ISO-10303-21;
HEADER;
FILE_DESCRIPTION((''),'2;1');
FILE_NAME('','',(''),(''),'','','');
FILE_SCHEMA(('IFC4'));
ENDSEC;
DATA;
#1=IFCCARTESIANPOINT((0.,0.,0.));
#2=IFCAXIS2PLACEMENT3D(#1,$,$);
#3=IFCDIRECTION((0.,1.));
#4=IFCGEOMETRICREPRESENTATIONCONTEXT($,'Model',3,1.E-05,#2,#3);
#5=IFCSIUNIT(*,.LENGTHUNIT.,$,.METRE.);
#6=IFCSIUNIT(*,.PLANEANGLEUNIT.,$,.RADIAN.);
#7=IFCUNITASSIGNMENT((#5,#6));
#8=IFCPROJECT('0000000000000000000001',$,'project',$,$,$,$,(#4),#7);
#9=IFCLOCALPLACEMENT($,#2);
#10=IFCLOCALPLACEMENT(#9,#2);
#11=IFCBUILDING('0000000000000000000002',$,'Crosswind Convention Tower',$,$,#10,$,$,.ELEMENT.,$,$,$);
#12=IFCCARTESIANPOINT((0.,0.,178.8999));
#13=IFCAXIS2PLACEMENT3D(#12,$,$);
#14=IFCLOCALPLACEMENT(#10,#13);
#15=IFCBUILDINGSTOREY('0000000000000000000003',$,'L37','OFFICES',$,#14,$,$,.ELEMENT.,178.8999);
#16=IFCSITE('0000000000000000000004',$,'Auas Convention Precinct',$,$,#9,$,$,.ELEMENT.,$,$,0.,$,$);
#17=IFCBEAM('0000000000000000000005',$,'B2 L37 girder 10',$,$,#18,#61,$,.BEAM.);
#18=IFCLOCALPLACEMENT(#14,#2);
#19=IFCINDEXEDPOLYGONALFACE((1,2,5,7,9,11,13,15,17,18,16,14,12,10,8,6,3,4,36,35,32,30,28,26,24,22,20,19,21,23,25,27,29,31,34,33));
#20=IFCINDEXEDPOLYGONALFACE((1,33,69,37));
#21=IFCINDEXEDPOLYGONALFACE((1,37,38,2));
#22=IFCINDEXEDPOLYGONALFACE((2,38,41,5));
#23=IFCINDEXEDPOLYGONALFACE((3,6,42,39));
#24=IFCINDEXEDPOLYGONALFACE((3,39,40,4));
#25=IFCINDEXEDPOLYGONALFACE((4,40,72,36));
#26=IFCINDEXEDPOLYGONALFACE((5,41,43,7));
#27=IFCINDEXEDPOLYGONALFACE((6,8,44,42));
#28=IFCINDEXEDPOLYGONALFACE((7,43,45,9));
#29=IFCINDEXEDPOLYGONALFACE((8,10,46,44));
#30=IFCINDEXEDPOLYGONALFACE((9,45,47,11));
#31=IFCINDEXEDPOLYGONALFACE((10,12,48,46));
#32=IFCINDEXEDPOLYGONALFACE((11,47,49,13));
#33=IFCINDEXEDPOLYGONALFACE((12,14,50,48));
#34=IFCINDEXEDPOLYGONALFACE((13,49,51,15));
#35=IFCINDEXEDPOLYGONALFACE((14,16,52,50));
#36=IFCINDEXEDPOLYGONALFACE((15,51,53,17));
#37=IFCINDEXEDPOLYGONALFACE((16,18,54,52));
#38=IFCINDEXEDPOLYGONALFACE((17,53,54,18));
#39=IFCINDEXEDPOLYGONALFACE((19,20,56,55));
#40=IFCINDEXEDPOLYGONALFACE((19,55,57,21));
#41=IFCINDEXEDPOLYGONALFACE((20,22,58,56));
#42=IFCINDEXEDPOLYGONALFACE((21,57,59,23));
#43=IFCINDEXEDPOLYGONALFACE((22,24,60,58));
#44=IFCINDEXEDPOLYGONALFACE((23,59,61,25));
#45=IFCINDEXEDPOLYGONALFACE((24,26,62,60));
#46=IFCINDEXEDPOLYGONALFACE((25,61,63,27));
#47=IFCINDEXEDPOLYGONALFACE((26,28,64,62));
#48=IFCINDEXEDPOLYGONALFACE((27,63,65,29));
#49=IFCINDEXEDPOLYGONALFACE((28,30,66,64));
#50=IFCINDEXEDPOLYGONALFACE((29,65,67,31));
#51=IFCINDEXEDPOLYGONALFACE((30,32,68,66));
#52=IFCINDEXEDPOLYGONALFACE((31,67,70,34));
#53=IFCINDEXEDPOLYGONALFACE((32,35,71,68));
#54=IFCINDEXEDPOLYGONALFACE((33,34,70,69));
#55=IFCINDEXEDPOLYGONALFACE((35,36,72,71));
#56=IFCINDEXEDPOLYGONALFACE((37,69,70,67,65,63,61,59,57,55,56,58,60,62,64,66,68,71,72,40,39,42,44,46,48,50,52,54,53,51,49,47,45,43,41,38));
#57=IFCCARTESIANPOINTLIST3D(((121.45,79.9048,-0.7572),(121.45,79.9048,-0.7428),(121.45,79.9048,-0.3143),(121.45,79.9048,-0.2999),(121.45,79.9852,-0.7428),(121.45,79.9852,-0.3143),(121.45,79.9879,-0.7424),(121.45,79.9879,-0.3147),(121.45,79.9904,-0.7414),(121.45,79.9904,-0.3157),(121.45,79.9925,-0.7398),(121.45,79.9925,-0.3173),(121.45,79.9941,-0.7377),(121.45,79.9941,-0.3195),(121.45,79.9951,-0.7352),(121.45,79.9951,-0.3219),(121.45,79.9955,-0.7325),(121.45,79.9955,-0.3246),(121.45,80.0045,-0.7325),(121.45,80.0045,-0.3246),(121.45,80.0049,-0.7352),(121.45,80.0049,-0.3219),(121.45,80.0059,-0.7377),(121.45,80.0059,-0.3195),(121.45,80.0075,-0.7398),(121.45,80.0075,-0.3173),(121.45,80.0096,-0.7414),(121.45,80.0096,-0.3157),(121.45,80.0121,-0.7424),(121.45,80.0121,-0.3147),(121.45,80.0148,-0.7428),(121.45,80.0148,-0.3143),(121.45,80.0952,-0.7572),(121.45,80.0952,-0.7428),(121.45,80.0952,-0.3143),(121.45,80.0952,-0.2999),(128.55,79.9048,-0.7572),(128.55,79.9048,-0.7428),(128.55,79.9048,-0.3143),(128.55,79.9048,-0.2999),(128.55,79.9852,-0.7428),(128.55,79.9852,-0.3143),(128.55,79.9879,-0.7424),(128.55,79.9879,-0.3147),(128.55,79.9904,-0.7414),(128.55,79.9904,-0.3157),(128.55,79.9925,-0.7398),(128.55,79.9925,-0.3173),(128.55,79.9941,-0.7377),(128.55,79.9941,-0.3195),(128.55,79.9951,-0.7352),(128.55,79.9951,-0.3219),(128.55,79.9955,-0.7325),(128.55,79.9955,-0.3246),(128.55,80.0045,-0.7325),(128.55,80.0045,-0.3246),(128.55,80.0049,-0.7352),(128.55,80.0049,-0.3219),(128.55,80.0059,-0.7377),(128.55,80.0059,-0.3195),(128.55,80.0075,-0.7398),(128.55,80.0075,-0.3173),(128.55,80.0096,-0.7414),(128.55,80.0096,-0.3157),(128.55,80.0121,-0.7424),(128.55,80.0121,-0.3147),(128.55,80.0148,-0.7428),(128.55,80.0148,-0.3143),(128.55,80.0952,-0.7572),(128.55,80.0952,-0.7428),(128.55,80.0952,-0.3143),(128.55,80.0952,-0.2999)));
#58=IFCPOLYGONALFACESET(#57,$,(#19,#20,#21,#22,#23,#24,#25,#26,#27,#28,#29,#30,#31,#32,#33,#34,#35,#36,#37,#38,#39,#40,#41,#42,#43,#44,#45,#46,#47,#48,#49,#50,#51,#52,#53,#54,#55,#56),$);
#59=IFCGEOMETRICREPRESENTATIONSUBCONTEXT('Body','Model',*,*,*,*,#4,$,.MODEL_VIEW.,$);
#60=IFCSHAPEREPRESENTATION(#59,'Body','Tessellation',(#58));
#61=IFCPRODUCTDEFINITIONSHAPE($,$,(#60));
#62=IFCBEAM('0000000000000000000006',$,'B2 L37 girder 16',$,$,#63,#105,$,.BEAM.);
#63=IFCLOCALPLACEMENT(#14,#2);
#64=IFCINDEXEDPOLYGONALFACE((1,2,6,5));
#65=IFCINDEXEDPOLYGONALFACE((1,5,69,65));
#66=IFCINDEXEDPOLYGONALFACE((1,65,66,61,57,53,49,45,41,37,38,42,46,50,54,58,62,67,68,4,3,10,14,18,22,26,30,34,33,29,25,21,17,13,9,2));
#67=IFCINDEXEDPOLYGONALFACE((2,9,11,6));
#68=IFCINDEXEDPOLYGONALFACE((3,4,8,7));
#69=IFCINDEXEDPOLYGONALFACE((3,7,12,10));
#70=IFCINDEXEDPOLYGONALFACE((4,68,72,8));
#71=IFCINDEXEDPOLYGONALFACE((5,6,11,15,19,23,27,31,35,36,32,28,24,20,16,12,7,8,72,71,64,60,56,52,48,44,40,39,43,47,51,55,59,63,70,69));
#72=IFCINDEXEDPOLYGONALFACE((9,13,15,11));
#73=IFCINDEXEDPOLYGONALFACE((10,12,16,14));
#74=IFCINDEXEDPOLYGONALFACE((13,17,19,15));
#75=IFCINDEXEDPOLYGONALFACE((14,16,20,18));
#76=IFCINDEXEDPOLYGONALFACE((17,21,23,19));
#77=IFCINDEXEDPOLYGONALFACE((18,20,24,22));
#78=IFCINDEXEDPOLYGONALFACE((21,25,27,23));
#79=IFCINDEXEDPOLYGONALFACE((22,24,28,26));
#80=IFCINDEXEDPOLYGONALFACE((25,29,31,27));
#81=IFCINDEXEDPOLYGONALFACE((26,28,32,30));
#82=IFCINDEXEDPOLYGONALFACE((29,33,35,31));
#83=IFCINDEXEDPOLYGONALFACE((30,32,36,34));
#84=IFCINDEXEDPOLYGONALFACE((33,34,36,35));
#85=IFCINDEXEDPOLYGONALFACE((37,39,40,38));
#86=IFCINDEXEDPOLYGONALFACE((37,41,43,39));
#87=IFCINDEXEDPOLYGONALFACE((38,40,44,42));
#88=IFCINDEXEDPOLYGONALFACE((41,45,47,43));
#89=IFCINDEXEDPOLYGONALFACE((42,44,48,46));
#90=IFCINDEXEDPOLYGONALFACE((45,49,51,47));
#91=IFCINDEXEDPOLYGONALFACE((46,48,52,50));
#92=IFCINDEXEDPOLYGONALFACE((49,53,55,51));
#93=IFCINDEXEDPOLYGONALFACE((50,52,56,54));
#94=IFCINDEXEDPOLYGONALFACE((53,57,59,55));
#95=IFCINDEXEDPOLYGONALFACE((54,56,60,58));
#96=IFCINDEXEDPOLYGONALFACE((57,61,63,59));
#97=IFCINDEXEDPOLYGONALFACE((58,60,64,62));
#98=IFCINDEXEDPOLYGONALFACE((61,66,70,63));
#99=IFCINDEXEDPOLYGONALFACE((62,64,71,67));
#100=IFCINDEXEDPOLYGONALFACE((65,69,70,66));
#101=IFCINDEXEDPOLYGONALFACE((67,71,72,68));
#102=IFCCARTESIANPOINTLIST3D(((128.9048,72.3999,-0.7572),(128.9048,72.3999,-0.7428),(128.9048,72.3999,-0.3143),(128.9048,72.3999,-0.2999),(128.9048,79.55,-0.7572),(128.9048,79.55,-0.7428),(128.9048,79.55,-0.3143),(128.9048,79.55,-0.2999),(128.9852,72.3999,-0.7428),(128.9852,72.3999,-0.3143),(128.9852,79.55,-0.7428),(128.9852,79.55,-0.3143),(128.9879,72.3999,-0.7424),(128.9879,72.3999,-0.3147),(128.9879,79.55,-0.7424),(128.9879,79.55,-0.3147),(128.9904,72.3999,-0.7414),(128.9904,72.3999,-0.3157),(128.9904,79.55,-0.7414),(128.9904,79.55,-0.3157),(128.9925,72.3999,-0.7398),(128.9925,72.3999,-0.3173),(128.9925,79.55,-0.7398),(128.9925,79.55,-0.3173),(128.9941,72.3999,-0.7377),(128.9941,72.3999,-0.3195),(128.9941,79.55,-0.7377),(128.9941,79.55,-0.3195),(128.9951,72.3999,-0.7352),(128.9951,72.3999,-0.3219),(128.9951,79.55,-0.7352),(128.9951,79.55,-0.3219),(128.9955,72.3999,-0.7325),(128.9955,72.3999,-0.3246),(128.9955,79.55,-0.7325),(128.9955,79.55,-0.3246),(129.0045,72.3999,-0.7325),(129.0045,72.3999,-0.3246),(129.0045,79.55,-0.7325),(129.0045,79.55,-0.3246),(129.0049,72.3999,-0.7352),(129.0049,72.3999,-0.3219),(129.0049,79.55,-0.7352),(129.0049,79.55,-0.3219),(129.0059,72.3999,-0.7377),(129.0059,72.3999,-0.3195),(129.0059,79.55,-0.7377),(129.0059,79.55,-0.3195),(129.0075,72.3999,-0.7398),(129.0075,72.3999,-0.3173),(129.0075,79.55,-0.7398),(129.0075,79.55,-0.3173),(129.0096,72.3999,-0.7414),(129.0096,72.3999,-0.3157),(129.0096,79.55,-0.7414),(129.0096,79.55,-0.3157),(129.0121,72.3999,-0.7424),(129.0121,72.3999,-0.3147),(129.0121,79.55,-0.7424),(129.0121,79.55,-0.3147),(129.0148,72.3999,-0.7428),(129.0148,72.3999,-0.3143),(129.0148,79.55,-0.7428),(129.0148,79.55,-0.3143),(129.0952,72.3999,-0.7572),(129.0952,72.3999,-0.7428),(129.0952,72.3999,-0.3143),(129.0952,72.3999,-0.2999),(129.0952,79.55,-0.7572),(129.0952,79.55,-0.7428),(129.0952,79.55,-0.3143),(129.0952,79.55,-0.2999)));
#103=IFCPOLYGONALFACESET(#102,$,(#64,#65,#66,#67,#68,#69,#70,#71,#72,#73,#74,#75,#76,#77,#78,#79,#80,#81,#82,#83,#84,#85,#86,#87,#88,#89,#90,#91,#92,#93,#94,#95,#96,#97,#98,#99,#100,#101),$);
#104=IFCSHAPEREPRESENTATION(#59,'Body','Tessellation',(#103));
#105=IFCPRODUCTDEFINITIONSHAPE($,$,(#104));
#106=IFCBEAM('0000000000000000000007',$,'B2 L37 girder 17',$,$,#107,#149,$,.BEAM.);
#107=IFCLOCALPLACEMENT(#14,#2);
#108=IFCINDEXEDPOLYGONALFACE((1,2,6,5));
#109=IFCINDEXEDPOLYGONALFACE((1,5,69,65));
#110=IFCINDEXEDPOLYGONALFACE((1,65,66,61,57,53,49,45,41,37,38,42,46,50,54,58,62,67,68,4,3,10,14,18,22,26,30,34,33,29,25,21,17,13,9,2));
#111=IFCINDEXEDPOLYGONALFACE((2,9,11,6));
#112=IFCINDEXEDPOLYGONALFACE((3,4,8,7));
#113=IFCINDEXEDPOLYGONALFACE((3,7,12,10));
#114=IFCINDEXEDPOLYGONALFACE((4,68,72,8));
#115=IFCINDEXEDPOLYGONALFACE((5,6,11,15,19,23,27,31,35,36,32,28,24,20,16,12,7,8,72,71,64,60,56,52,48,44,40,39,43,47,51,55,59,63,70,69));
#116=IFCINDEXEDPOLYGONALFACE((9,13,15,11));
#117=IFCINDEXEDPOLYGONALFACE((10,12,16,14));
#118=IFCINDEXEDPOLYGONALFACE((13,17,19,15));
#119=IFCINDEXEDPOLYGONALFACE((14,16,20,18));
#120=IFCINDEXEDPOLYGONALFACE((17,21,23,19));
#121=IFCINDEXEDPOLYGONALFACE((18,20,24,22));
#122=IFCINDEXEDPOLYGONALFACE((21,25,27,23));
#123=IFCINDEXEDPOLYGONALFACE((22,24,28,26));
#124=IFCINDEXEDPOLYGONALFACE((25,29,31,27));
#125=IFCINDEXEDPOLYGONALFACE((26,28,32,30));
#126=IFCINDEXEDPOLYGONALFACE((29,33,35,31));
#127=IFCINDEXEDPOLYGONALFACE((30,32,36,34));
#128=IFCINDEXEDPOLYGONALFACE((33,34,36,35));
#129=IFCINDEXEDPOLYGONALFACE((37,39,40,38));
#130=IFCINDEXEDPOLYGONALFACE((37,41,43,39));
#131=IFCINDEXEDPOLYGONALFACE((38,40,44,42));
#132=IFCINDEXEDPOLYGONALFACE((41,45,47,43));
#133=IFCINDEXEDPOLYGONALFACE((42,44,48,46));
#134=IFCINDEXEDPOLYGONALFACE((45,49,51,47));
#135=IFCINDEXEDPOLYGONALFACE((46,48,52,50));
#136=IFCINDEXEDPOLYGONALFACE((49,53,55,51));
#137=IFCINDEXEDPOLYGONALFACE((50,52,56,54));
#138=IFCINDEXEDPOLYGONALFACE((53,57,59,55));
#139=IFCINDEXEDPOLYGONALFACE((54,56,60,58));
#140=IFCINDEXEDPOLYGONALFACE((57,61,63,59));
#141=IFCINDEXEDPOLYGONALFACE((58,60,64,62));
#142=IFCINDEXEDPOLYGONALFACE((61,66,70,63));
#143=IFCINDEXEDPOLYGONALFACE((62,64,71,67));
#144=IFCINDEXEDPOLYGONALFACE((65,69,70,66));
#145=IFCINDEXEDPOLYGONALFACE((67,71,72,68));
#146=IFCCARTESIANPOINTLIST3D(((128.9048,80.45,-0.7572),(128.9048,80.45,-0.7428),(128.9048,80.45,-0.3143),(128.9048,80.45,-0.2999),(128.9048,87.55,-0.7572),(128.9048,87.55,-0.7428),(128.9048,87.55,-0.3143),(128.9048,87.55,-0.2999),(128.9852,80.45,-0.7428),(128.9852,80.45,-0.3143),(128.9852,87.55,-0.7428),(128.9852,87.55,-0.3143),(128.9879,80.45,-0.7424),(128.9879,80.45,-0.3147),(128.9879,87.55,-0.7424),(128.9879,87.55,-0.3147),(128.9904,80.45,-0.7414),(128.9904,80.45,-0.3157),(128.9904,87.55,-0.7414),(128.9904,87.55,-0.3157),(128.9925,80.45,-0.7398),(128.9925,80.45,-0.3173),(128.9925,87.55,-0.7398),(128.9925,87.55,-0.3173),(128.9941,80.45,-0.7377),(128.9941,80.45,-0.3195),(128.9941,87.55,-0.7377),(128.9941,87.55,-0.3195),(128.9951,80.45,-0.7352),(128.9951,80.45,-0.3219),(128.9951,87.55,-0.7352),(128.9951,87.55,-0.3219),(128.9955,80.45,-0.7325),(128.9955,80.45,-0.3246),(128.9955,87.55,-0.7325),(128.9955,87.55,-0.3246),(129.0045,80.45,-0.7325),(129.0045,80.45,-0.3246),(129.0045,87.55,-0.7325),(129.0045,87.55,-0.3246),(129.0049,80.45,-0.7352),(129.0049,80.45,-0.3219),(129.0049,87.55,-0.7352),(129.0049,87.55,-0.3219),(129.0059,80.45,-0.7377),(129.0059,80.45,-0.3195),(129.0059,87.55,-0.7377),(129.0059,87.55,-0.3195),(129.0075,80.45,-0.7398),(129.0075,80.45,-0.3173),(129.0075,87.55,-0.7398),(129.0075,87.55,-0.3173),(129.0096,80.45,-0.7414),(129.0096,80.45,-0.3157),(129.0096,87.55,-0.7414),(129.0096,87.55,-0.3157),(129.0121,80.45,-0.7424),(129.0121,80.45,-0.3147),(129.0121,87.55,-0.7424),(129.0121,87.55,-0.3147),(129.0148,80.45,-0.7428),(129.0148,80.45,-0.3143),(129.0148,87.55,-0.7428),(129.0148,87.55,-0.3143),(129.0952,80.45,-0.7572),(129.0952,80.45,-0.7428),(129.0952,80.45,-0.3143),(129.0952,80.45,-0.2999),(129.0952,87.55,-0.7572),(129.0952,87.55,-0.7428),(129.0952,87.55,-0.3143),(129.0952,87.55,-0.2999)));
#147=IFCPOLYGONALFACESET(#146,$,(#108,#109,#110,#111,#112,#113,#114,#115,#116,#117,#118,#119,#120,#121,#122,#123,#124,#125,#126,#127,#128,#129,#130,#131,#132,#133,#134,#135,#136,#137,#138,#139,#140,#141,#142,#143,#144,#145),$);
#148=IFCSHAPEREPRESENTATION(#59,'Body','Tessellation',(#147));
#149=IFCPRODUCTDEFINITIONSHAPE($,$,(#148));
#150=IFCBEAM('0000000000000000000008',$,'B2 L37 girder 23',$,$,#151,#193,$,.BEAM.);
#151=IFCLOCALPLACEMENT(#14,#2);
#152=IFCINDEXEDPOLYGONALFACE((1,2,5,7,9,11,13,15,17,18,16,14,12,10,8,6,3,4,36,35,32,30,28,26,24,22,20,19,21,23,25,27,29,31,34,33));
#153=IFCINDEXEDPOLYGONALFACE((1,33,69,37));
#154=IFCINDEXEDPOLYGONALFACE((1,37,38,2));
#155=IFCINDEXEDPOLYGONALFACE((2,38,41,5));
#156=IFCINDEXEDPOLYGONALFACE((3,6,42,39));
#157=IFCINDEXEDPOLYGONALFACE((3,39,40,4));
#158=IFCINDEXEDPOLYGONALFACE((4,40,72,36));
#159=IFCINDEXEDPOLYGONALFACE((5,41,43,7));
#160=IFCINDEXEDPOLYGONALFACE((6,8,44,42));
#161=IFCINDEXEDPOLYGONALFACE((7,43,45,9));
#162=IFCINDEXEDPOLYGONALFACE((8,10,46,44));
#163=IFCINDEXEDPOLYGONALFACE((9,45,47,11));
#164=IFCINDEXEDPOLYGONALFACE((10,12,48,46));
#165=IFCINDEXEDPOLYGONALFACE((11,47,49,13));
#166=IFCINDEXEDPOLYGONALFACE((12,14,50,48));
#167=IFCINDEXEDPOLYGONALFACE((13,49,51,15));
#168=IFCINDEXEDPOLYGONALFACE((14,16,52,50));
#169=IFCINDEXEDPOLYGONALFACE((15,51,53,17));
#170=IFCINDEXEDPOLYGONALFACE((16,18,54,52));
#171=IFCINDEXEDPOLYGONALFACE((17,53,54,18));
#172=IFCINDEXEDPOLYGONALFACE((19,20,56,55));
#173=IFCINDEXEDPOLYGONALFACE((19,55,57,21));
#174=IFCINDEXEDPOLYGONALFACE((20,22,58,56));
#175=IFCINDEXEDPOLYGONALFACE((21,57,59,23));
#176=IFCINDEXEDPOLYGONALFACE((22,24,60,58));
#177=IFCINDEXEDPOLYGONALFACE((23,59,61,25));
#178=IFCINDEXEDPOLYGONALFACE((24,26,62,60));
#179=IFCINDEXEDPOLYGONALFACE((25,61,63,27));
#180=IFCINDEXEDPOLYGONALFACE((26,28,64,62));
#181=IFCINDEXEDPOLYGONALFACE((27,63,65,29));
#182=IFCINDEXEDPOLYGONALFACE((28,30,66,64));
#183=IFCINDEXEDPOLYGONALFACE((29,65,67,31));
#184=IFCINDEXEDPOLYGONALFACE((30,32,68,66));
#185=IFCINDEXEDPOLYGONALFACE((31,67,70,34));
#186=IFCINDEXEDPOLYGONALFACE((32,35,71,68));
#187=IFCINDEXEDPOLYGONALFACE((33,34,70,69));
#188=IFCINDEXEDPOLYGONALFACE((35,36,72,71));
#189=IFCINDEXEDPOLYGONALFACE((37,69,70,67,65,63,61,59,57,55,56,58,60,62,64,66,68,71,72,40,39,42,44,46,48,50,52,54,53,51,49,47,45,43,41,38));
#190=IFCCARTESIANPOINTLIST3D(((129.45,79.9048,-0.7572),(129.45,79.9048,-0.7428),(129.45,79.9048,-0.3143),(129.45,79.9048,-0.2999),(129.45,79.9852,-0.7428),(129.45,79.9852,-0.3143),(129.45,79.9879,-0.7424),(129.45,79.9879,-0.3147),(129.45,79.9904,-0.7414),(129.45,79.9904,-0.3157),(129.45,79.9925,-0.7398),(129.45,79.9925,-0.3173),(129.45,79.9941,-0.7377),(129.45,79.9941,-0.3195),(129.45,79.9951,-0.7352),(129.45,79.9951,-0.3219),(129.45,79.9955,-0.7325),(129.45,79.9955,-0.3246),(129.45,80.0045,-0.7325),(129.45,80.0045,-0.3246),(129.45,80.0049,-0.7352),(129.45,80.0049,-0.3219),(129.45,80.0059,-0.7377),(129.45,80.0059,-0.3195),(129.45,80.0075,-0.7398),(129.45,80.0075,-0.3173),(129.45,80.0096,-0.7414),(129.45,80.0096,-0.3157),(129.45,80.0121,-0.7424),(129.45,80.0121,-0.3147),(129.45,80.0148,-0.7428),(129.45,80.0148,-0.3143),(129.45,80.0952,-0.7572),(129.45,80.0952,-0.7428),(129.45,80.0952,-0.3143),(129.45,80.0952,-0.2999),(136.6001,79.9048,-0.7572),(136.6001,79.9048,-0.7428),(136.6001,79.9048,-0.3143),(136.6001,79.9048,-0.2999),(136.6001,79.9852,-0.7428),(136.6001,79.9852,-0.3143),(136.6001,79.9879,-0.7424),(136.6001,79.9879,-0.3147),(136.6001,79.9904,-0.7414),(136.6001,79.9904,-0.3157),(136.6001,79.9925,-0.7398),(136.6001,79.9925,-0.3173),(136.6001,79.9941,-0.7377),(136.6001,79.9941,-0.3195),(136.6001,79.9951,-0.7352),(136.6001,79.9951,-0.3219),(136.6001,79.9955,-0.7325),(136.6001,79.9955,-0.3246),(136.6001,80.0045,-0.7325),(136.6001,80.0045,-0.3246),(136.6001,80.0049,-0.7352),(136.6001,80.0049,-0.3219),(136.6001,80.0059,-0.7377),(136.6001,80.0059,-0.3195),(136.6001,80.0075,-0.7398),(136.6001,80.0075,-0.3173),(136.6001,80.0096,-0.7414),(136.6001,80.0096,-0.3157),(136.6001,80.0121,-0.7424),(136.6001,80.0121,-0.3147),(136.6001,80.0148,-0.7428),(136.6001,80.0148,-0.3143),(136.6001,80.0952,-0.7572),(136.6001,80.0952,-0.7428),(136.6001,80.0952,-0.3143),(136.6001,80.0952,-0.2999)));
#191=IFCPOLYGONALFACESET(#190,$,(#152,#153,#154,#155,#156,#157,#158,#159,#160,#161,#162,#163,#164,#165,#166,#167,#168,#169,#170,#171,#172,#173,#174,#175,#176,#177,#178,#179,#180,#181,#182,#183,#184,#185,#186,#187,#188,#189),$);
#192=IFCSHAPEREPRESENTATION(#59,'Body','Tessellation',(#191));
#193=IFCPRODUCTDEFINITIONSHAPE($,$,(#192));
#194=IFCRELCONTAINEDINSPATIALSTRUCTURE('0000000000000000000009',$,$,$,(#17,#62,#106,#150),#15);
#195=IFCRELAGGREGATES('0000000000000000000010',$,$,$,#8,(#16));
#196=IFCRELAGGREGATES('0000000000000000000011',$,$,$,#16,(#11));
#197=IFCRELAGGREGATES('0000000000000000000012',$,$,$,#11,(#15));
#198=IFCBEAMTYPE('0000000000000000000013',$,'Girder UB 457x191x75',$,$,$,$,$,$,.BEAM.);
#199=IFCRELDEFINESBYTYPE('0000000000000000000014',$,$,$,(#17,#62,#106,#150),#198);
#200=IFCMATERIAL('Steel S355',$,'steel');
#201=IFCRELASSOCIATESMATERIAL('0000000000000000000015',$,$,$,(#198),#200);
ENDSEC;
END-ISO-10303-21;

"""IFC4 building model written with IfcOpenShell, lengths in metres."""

from ifc_helpers import new_model, si_unit, direction, frame, origin, origin_2d, place, context, subcontext, project, spatial, i_section, extrude, material, material_profile, profile_set, type_object, element, save


model = new_model("IFC4")

# Units and contexts
model_context = context("Model", 3, precision=1e-05, world=origin(), true_north=direction((0.0, 1.0)))
body_context = subcontext(model_context, "Body", "Model", "MODEL_VIEW")
ifc_project = project(units=[si_unit("LENGTHUNIT", "METRE"), si_unit("PLANEANGLEUNIT", "RADIAN")], contexts=[model_context])

# Site, building, storey
site_placement = place(None, origin())
site = spatial("IfcSite", under=ifc_project, at=site_placement, Name="Auas Convention Precinct", CompositionType="ELEMENT", RefElevation=0.0)
building_placement = place(site_placement, origin())
building = spatial("IfcBuilding", under=site, at=building_placement, Name="Crosswind Convention Tower", CompositionType="ELEMENT")
storey_placement = place(building_placement, frame((0.0, 0.0, 178.8999)))
storey = spatial("IfcBuildingStorey", under=building, at=storey_placement, Name="L37", Description="OFFICES", CompositionType="ELEMENT", Elevation=178.8999)

# Beams
ifc_material_1 = material(Name="Steel S355", Category="steel")
ifc_material_profile_1 = material_profile(ifc_material_1, i_section(OverallWidth=0.1904, OverallDepth=0.4573, WebThickness=0.009, FlangeThickness=0.0144, FilletRadius=0.0103, at=origin_2d()), Name="UB 457x191x75")
ifc_profile_set_1 = profile_set([ifc_material_profile_1], Name="Steel S355")
beam_type_1 = type_object("IfcBeamType", Name="Girder UB 457x191x75", PredefinedType="BEAM", material=ifc_profile_set_1)
beam_1_placement = place(storey_placement, frame((121.45, 80.0, -0.5286), z_axis=(1.0, 0.0, 0.0), x_axis=(0.0, 1.0, 0.0)))
element("IfcBeam", 1, at=beam_1_placement, inside=storey, type_object=beam_type_1, Name="B2 L37 girder 10", PredefinedType="BEAM", context=body_context, shape_type="SweptSolid", body=[
    extrude(i_section(OverallWidth=0.1904, OverallDepth=0.4573, WebThickness=0.009, FlangeThickness=0.0144, FilletRadius=0.0103, at=origin_2d()), origin(), (0.0, 0.0, 1.0), 7.1001),
])
beam_2_placement = place(storey_placement, frame((129.0, 72.3999, -0.5286), z_axis=(0.0, 1.0, 0.0), x_axis=(-1.0, 0.0, 0.0)))
element("IfcBeam", 2, at=beam_2_placement, inside=storey, type_object=beam_type_1, Name="B2 L37 girder 16", PredefinedType="BEAM", context=body_context, shape_type="SweptSolid", body=[
    extrude(i_section(OverallWidth=0.1904, OverallDepth=0.4573, WebThickness=0.009, FlangeThickness=0.0144, FilletRadius=0.0103, at=origin_2d()), origin(), (0.0, 0.0, 1.0), 7.1501),
])
beam_3_placement = place(storey_placement, frame((129.0, 80.45, -0.5286), z_axis=(0.0, 1.0, 0.0), x_axis=(-1.0, 0.0, 0.0)))
element("IfcBeam", 3, at=beam_3_placement, inside=storey, type_object=beam_type_1, Name="B2 L37 girder 17", PredefinedType="BEAM", context=body_context, shape_type="SweptSolid", body=[
    extrude(i_section(OverallWidth=0.1904, OverallDepth=0.4573, WebThickness=0.009, FlangeThickness=0.0144, FilletRadius=0.0103, at=origin_2d()), origin(), (0.0, 0.0, 1.0), 7.1001),
])
beam_4_placement = place(storey_placement, frame((129.45, 80.0, -0.5286), z_axis=(1.0, 0.0, 0.0), x_axis=(0.0, 1.0, 0.0)))
element("IfcBeam", 4, at=beam_4_placement, inside=storey, type_object=beam_type_1, Name="B2 L37 girder 23", PredefinedType="BEAM", context=body_context, shape_type="SweptSolid", body=[
    extrude(i_section(OverallWidth=0.1904, OverallDepth=0.4573, WebThickness=0.009, FlangeThickness=0.0144, FilletRadius=0.0103, at=origin_2d()), origin(), (0.0, 0.0, 1.0), 7.1501),
])

save(model, "model.ifc")
